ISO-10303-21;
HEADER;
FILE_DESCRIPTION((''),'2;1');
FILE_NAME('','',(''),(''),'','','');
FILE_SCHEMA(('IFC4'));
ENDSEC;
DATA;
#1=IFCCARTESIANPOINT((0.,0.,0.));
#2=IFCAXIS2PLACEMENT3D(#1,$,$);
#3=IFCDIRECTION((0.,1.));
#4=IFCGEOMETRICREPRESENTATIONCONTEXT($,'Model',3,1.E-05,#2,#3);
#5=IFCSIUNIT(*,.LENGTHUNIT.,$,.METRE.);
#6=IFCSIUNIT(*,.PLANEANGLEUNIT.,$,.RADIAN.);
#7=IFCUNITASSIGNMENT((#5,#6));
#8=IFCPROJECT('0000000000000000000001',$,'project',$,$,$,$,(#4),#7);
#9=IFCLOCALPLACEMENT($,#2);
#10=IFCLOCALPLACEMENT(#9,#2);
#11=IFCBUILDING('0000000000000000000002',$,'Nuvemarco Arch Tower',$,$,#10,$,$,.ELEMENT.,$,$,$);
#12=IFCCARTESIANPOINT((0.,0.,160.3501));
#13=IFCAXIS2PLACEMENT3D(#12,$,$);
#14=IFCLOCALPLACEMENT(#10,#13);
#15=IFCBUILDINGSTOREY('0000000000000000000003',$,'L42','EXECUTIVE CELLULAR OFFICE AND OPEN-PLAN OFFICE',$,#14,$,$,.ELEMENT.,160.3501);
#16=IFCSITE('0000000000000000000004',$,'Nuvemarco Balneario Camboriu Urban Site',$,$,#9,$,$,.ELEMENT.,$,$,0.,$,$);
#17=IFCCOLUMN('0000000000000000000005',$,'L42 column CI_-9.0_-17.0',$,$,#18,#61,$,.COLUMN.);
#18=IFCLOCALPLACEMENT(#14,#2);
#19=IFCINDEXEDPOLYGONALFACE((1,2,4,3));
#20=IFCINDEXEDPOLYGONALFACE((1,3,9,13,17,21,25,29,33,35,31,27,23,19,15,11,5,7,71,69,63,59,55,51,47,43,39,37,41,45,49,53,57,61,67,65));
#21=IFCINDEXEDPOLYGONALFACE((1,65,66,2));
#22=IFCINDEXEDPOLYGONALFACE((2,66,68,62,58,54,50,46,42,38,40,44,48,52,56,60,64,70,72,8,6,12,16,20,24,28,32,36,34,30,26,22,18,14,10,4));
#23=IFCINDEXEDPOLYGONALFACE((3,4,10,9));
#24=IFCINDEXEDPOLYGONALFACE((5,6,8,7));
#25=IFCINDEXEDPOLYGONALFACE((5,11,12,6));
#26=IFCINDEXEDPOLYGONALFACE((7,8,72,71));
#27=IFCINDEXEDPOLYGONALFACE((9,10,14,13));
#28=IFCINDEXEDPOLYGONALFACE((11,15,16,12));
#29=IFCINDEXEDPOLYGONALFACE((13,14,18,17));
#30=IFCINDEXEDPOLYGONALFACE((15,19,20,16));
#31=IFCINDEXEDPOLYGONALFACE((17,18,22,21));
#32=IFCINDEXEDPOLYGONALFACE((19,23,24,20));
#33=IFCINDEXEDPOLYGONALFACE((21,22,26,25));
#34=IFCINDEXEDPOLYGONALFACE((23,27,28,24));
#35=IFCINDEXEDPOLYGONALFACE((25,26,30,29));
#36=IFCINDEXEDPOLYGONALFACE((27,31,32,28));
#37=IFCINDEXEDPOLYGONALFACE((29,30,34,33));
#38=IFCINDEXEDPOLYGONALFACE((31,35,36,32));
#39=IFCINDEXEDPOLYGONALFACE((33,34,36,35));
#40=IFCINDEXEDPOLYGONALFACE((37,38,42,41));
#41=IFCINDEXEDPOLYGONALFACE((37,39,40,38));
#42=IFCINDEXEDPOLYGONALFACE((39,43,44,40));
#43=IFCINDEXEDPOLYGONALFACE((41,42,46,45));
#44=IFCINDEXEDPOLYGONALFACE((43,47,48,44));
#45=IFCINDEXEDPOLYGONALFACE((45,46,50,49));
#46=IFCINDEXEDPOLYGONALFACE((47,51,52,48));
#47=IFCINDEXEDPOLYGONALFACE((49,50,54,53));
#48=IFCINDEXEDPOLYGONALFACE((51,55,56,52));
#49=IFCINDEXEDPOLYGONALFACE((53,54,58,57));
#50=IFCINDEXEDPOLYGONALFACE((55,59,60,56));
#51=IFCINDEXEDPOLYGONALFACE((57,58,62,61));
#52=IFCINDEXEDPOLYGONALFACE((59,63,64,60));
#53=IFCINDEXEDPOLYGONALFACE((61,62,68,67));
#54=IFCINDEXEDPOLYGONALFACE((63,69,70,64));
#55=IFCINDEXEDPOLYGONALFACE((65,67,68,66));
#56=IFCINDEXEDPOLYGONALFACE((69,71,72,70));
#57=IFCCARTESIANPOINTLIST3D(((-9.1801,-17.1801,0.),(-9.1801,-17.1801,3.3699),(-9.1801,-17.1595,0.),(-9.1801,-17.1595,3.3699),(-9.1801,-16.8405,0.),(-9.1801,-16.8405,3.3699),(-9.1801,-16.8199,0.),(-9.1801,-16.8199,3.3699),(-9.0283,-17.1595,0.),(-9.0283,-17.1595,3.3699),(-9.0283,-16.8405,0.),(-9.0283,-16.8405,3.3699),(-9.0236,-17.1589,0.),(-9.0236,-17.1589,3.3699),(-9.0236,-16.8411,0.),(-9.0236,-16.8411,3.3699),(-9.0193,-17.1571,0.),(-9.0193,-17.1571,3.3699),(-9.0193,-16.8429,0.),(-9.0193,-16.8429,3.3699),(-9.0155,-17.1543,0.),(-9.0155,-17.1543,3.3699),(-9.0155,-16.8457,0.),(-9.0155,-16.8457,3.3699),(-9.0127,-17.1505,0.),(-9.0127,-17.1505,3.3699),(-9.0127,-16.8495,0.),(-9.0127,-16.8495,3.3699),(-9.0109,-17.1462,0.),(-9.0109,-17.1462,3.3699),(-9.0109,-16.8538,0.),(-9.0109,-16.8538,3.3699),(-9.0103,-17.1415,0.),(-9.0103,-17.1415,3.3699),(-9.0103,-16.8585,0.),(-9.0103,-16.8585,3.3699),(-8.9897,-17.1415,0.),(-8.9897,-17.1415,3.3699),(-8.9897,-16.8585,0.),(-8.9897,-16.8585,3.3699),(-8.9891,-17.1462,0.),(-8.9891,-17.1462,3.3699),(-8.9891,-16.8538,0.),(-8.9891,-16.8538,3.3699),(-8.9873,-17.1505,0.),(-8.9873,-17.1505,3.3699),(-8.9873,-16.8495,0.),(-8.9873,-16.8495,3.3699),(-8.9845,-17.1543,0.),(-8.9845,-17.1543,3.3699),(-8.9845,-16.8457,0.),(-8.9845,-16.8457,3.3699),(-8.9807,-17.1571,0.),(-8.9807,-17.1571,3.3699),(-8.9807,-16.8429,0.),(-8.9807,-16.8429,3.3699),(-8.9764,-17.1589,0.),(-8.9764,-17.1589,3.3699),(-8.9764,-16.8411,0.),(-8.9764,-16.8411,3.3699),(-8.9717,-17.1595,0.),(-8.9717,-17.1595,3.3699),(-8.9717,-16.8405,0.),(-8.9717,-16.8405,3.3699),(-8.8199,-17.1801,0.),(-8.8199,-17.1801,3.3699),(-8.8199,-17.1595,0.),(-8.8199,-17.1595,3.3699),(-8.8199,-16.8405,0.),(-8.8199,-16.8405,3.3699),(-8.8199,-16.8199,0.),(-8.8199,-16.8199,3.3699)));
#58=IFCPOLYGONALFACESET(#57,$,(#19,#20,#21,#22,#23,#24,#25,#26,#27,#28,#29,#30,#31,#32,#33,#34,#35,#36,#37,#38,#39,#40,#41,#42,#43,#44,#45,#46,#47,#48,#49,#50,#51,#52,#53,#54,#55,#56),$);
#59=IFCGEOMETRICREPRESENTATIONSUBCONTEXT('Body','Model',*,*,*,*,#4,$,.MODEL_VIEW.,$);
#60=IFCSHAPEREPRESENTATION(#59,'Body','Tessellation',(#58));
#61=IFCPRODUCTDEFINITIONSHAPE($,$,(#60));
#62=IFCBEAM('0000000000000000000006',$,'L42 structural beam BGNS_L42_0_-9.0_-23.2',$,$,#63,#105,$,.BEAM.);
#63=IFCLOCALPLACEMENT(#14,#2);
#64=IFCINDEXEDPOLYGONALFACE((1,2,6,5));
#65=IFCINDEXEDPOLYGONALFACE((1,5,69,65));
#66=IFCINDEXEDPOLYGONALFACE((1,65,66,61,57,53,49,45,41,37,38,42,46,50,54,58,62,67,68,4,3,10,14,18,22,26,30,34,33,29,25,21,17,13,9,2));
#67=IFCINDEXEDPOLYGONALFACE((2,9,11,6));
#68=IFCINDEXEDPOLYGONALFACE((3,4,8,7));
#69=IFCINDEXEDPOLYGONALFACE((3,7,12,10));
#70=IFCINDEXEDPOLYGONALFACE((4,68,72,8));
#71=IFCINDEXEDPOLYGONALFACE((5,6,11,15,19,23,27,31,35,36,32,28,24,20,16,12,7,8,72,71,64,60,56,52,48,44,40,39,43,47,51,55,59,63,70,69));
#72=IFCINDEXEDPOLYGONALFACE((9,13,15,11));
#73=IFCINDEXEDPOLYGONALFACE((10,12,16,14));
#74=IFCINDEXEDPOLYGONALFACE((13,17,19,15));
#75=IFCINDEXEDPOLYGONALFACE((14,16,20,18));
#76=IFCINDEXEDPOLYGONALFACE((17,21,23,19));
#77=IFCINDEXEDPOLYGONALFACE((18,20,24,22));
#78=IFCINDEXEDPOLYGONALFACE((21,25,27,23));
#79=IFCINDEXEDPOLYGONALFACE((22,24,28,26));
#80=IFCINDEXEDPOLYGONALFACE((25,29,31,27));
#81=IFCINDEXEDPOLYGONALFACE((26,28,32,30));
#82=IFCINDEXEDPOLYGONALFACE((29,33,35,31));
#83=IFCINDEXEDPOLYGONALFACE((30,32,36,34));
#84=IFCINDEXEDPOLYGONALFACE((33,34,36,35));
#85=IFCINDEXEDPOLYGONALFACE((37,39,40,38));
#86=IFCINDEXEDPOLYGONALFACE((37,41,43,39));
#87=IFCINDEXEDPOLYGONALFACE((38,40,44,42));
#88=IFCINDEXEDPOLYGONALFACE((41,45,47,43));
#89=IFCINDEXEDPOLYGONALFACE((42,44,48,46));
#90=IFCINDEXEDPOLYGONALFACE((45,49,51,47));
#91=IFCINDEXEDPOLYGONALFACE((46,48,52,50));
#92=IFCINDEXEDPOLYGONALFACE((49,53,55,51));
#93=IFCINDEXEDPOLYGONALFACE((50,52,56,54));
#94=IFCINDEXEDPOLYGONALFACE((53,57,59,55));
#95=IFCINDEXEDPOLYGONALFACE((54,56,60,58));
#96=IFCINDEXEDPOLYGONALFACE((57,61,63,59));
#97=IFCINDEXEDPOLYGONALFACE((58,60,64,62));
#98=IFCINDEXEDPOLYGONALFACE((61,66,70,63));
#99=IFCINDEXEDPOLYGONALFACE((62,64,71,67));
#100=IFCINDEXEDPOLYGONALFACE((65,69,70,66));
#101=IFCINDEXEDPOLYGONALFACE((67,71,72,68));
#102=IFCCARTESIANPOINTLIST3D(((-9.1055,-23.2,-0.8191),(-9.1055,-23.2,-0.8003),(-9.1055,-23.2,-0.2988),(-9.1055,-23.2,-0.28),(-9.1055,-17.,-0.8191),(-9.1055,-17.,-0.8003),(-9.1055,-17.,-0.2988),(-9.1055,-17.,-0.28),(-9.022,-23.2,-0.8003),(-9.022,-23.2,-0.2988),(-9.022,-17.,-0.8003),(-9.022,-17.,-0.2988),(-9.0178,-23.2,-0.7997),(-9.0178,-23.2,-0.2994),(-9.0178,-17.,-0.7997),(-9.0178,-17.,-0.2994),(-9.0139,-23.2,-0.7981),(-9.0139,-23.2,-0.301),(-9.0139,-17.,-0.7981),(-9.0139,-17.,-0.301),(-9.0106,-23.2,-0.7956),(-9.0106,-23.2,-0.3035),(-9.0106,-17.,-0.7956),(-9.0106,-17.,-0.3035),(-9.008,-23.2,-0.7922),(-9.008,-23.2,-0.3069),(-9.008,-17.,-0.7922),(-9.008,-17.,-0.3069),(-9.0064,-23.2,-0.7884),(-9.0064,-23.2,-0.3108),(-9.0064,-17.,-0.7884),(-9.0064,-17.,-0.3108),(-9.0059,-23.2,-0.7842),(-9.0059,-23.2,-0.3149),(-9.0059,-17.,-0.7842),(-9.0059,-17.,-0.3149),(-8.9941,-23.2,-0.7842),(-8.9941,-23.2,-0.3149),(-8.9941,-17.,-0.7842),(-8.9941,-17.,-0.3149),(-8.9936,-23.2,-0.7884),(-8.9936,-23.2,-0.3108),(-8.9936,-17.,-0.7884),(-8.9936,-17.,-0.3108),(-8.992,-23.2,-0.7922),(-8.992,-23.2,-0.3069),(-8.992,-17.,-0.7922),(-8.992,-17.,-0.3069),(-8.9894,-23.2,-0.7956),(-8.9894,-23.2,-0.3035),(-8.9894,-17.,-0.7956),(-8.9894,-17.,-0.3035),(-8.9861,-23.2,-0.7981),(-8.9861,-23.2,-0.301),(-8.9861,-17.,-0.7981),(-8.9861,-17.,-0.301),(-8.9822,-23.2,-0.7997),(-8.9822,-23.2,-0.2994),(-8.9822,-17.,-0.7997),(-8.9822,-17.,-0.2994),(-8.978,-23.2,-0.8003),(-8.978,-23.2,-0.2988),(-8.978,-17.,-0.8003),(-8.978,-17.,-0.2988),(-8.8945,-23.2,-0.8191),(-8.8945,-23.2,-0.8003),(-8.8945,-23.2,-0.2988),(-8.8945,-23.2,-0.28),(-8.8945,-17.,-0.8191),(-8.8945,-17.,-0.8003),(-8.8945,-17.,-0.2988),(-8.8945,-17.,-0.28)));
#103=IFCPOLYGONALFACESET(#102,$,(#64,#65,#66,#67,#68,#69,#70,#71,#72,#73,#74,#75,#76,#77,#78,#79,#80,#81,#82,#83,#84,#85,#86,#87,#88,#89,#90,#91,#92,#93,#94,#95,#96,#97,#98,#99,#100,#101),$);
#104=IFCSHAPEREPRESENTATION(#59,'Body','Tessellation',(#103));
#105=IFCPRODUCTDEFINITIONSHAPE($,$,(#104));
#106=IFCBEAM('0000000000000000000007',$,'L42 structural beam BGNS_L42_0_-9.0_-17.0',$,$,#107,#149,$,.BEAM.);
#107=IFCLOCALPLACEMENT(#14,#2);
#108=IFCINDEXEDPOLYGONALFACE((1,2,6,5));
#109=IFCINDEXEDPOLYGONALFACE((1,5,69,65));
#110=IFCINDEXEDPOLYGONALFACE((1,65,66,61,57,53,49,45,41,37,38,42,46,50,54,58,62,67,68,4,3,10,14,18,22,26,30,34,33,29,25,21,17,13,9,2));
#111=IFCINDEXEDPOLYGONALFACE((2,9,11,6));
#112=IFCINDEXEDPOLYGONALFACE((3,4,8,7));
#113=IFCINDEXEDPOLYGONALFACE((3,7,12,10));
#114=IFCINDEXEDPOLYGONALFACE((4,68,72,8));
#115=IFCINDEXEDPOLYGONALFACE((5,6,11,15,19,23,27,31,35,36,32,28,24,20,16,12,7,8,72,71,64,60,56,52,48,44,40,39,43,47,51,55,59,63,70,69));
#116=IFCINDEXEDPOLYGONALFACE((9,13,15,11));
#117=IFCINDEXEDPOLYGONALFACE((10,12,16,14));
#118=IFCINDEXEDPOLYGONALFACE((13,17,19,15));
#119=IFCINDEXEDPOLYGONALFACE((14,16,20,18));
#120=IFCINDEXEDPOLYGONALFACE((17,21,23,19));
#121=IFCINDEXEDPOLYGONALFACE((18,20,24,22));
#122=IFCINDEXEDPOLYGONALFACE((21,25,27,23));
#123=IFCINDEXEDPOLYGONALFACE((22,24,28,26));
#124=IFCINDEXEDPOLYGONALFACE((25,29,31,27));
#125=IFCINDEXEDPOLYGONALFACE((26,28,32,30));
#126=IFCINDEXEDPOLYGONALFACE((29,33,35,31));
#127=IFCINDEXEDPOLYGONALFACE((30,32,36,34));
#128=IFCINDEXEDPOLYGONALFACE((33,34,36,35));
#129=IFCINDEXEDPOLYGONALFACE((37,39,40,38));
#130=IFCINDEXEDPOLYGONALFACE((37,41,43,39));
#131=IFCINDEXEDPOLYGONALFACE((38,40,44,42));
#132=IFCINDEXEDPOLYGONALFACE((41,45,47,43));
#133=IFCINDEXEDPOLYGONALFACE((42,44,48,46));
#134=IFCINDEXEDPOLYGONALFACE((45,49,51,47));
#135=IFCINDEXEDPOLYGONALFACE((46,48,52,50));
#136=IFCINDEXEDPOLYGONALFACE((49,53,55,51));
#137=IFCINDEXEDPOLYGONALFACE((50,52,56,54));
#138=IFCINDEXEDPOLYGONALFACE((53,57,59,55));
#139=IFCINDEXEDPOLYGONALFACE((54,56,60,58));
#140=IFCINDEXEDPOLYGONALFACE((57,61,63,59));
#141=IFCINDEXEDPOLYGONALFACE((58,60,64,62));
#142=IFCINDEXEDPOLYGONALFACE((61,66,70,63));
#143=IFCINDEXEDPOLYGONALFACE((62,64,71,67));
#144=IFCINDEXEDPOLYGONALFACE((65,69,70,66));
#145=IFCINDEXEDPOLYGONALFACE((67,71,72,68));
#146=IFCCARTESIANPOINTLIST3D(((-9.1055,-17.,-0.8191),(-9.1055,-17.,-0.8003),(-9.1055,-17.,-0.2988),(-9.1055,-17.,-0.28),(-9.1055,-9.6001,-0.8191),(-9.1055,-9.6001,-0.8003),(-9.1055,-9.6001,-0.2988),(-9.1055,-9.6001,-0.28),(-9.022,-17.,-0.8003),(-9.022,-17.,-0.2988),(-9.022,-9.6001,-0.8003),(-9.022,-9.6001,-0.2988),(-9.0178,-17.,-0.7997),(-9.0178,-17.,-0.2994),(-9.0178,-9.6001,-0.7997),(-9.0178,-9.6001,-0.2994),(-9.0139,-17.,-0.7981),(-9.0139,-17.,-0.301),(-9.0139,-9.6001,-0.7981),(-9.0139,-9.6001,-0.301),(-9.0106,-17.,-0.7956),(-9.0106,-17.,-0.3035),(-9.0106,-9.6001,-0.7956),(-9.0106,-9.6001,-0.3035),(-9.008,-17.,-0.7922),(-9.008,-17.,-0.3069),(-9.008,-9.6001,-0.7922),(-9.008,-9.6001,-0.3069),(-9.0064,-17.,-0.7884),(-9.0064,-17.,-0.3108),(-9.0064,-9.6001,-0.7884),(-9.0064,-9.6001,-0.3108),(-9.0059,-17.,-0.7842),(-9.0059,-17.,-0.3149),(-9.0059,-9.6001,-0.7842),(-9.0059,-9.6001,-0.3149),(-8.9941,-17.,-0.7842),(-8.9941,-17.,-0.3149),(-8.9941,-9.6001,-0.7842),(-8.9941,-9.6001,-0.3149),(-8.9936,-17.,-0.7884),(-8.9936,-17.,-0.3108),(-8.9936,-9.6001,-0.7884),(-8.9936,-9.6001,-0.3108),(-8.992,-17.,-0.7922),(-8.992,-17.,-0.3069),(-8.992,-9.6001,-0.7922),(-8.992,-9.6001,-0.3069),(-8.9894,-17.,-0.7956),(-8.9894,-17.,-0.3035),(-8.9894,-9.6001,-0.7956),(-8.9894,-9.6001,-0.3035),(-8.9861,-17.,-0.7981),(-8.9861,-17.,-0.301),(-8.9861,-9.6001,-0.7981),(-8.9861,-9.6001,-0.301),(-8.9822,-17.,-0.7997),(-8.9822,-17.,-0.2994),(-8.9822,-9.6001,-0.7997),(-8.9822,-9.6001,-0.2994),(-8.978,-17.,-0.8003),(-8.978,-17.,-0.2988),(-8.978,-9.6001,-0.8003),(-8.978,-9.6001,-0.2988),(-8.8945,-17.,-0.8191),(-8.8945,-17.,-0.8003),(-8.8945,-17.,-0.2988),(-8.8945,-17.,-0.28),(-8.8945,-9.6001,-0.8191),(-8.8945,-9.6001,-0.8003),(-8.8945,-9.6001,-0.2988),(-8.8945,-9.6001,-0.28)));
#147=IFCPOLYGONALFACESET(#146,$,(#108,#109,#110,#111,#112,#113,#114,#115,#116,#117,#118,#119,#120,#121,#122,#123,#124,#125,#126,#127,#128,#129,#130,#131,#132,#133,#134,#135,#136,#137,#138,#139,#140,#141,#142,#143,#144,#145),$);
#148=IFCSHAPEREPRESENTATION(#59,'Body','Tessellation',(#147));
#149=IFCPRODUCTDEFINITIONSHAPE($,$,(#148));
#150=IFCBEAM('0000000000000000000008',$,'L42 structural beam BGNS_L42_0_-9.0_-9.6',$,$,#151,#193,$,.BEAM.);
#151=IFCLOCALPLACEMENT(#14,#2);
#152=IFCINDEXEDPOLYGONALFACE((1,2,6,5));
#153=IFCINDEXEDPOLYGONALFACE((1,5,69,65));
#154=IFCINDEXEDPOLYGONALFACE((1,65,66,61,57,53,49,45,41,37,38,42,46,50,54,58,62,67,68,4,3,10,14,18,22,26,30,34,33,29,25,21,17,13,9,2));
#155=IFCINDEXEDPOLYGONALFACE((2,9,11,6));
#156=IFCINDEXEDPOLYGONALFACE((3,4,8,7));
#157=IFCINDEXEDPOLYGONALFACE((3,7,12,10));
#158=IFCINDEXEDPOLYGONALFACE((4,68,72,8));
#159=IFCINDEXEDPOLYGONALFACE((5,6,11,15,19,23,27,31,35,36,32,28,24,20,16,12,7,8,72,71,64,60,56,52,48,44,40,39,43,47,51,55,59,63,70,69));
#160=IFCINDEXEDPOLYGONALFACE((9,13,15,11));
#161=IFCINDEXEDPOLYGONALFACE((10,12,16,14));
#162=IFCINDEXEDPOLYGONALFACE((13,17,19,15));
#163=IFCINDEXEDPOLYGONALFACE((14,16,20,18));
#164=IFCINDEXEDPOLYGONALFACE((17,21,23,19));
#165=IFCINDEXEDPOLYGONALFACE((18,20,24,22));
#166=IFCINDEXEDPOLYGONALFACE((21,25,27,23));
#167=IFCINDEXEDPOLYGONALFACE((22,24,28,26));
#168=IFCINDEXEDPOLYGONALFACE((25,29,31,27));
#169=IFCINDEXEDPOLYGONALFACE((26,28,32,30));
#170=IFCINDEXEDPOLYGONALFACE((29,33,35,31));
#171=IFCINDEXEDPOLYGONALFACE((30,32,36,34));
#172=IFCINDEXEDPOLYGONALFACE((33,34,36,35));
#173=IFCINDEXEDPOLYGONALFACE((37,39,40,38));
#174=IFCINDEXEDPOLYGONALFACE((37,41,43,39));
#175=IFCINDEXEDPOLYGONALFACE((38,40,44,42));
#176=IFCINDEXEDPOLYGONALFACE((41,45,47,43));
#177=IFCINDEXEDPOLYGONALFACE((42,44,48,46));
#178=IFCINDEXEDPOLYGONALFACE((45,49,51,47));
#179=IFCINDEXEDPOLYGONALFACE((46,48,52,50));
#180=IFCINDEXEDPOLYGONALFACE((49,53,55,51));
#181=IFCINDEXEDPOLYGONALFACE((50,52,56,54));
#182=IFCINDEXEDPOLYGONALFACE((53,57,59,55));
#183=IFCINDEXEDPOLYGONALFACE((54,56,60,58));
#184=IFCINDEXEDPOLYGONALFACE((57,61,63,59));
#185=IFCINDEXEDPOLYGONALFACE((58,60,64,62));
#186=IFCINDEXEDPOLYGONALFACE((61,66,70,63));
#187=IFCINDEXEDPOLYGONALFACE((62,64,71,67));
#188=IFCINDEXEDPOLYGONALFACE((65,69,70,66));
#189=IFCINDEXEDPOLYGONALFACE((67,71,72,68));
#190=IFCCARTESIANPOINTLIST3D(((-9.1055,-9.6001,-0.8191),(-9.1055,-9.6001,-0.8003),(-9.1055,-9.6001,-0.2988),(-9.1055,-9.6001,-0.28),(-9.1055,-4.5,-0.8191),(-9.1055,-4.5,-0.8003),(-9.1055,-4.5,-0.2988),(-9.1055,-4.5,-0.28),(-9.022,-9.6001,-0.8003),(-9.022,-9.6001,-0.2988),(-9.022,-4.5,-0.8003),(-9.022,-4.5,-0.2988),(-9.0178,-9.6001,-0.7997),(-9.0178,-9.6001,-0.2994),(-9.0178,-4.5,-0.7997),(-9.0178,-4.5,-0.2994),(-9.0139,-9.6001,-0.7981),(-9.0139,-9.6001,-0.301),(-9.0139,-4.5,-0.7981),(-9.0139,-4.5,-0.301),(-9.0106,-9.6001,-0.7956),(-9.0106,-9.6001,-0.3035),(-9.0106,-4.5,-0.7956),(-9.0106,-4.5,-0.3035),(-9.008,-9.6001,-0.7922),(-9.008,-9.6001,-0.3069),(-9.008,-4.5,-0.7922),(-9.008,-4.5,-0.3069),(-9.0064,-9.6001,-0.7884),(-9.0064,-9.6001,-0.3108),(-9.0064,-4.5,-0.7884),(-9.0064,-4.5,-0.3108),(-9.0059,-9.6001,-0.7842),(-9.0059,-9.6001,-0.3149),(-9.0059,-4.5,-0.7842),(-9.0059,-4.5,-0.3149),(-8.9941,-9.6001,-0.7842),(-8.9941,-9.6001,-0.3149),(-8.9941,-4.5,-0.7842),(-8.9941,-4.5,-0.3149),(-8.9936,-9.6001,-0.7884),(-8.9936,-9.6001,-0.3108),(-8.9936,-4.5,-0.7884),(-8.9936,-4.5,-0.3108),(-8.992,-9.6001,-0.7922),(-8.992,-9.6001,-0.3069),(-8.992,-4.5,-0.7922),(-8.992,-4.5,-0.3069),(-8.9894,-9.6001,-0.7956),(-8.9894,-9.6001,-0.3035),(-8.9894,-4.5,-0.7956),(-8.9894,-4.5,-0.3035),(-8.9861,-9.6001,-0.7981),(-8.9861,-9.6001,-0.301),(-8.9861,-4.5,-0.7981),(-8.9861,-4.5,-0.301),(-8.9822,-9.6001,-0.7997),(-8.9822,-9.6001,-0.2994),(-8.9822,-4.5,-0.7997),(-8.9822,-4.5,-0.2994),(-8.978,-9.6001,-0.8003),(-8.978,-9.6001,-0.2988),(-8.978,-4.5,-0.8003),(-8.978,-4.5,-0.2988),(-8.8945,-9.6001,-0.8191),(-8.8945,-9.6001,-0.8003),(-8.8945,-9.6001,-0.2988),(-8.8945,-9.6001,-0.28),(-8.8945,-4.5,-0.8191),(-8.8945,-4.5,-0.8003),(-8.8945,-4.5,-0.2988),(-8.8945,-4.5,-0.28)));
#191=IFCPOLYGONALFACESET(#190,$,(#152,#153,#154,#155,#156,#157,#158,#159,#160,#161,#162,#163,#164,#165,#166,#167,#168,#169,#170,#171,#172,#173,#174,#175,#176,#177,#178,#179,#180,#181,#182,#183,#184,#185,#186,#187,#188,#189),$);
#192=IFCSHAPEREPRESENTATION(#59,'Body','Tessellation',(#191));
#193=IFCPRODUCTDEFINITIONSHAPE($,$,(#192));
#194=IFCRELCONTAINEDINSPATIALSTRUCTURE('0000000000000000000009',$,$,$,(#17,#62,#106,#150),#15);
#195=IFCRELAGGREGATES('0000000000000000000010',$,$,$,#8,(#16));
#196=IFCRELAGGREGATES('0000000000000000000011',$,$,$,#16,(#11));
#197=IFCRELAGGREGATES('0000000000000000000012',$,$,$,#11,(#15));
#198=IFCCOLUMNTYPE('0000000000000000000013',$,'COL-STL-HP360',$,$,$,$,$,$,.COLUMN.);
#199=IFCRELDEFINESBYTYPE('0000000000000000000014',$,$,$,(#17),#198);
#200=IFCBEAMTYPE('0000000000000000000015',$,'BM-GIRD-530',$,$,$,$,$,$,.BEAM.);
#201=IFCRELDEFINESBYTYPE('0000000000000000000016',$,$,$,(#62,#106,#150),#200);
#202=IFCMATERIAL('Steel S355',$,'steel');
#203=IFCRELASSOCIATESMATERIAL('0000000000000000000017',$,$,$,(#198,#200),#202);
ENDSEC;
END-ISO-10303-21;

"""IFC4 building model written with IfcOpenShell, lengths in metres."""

from ifc_helpers import new_model, si_unit, direction, frame, origin, origin_2d, place, context, subcontext, project, spatial, i_section, extrude, material, material_profile, profile_set, type_object, element, save


model = new_model("IFC4")

# Units and contexts
model_context = context("Model", 3, precision=1e-05, world=origin(), true_north=direction((0.0, 1.0)))
body_context = subcontext(model_context, "Body", "Model", "MODEL_VIEW")
ifc_project = project(units=[si_unit("LENGTHUNIT", "METRE"), si_unit("PLANEANGLEUNIT", "RADIAN")], contexts=[model_context])

# Site, building, storey
site_placement = place(None, origin())
site = spatial("IfcSite", under=ifc_project, at=site_placement, Name="Nuvemarco Balneario Camboriu Urban Site", CompositionType="ELEMENT", RefElevation=0.0)
building_placement = place(site_placement, origin())
building = spatial("IfcBuilding", under=site, at=building_placement, Name="Nuvemarco Arch Tower", CompositionType="ELEMENT")
storey_placement = place(building_placement, frame((0.0, 0.0, 160.3501)))
storey = spatial("IfcBuildingStorey", under=building, at=storey_placement, Name="L42", Description="EXECUTIVE CELLULAR OFFICE AND OPEN-PLAN OFFICE", CompositionType="ELEMENT", Elevation=160.3501)

# Column
ifc_material_1 = material(Name="Steel S355", Category="steel")
ifc_material_profile_1 = material_profile(ifc_material_1, i_section(OverallWidth=0.3601, OverallDepth=0.3601, WebThickness=0.0205, FlangeThickness=0.0205, FilletRadius=0.0181, at=origin_2d()), Name="HP360x174")
ifc_profile_set_1 = profile_set([ifc_material_profile_1], Name="Steel S355")
column_type_1 = type_object("IfcColumnType", Name="COL-STL-HP360", PredefinedType="COLUMN", material=ifc_profile_set_1)
column_1_placement = place(storey_placement, frame((-9.0, -17.0, 0.0), z_axis=(0.0, 0.0, 1.0), x_axis=(1.0, 0.0, 0.0)))
element("IfcColumn", 1, at=column_1_placement, inside=storey, type_object=column_type_1, Name="L42 column CI_-9.0_-17.0", PredefinedType="COLUMN", context=body_context, shape_type="SweptSolid", body=[
    extrude(i_section(OverallWidth=0.3601, OverallDepth=0.3601, WebThickness=0.0205, FlangeThickness=0.0205, FilletRadius=0.0181, at=origin_2d()), origin(), (0.0, 0.0, 1.0), 3.3699),
])

# Beams
ifc_material_profile_2 = material_profile(ifc_material_1, i_section(OverallWidth=0.2109, OverallDepth=0.5391, WebThickness=0.0117, FlangeThickness=0.0188, FilletRadius=0.0161, at=origin_2d()), Name="W530x109")
ifc_profile_set_2 = profile_set([ifc_material_profile_2], Name="Steel S355")
beam_type_1 = type_object("IfcBeamType", Name="BM-GIRD-530", PredefinedType="BEAM", material=ifc_profile_set_2)
beam_1_placement = place(storey_placement, frame((-9.0, -23.2, -0.5496), z_axis=(0.0, 1.0, 0.0), x_axis=(-1.0, 0.0, 0.0)))
element("IfcBeam", 2, at=beam_1_placement, inside=storey, type_object=beam_type_1, Name="L42 structural beam BGNS_L42_0_-9.0_-23.2", PredefinedType="BEAM", context=body_context, shape_type="SweptSolid", body=[
    extrude(i_section(OverallWidth=0.2109, OverallDepth=0.5391, WebThickness=0.0117, FlangeThickness=0.0188, FilletRadius=0.0161, at=origin_2d()), origin(), (0.0, 0.0, 1.0), 6.2),
])
beam_2_placement = place(storey_placement, frame((-9.0, -17.0, -0.5496), z_axis=(0.0, 1.0, 0.0), x_axis=(-1.0, 0.0, 0.0)))
element("IfcBeam", 3, at=beam_2_placement, inside=storey, type_object=beam_type_1, Name="L42 structural beam BGNS_L42_0_-9.0_-17.0", PredefinedType="BEAM", context=body_context, shape_type="SweptSolid", body=[
    extrude(i_section(OverallWidth=0.2109, OverallDepth=0.5391, WebThickness=0.0117, FlangeThickness=0.0188, FilletRadius=0.0161, at=origin_2d()), origin(), (0.0, 0.0, 1.0), 7.3999),
])
beam_3_placement = place(storey_placement, frame((-9.0, -9.6001, -0.5496), z_axis=(0.0, 1.0, 0.0), x_axis=(-1.0, 0.0, 0.0)))
element("IfcBeam", 4, at=beam_3_placement, inside=storey, type_object=beam_type_1, Name="L42 structural beam BGNS_L42_0_-9.0_-9.6", PredefinedType="BEAM", context=body_context, shape_type="SweptSolid", body=[
    extrude(i_section(OverallWidth=0.2109, OverallDepth=0.5391, WebThickness=0.0117, FlangeThickness=0.0188, FilletRadius=0.0161, at=origin_2d()), origin(), (0.0, 0.0, 1.0), 5.1001),
])

save(model, "model.ifc")
